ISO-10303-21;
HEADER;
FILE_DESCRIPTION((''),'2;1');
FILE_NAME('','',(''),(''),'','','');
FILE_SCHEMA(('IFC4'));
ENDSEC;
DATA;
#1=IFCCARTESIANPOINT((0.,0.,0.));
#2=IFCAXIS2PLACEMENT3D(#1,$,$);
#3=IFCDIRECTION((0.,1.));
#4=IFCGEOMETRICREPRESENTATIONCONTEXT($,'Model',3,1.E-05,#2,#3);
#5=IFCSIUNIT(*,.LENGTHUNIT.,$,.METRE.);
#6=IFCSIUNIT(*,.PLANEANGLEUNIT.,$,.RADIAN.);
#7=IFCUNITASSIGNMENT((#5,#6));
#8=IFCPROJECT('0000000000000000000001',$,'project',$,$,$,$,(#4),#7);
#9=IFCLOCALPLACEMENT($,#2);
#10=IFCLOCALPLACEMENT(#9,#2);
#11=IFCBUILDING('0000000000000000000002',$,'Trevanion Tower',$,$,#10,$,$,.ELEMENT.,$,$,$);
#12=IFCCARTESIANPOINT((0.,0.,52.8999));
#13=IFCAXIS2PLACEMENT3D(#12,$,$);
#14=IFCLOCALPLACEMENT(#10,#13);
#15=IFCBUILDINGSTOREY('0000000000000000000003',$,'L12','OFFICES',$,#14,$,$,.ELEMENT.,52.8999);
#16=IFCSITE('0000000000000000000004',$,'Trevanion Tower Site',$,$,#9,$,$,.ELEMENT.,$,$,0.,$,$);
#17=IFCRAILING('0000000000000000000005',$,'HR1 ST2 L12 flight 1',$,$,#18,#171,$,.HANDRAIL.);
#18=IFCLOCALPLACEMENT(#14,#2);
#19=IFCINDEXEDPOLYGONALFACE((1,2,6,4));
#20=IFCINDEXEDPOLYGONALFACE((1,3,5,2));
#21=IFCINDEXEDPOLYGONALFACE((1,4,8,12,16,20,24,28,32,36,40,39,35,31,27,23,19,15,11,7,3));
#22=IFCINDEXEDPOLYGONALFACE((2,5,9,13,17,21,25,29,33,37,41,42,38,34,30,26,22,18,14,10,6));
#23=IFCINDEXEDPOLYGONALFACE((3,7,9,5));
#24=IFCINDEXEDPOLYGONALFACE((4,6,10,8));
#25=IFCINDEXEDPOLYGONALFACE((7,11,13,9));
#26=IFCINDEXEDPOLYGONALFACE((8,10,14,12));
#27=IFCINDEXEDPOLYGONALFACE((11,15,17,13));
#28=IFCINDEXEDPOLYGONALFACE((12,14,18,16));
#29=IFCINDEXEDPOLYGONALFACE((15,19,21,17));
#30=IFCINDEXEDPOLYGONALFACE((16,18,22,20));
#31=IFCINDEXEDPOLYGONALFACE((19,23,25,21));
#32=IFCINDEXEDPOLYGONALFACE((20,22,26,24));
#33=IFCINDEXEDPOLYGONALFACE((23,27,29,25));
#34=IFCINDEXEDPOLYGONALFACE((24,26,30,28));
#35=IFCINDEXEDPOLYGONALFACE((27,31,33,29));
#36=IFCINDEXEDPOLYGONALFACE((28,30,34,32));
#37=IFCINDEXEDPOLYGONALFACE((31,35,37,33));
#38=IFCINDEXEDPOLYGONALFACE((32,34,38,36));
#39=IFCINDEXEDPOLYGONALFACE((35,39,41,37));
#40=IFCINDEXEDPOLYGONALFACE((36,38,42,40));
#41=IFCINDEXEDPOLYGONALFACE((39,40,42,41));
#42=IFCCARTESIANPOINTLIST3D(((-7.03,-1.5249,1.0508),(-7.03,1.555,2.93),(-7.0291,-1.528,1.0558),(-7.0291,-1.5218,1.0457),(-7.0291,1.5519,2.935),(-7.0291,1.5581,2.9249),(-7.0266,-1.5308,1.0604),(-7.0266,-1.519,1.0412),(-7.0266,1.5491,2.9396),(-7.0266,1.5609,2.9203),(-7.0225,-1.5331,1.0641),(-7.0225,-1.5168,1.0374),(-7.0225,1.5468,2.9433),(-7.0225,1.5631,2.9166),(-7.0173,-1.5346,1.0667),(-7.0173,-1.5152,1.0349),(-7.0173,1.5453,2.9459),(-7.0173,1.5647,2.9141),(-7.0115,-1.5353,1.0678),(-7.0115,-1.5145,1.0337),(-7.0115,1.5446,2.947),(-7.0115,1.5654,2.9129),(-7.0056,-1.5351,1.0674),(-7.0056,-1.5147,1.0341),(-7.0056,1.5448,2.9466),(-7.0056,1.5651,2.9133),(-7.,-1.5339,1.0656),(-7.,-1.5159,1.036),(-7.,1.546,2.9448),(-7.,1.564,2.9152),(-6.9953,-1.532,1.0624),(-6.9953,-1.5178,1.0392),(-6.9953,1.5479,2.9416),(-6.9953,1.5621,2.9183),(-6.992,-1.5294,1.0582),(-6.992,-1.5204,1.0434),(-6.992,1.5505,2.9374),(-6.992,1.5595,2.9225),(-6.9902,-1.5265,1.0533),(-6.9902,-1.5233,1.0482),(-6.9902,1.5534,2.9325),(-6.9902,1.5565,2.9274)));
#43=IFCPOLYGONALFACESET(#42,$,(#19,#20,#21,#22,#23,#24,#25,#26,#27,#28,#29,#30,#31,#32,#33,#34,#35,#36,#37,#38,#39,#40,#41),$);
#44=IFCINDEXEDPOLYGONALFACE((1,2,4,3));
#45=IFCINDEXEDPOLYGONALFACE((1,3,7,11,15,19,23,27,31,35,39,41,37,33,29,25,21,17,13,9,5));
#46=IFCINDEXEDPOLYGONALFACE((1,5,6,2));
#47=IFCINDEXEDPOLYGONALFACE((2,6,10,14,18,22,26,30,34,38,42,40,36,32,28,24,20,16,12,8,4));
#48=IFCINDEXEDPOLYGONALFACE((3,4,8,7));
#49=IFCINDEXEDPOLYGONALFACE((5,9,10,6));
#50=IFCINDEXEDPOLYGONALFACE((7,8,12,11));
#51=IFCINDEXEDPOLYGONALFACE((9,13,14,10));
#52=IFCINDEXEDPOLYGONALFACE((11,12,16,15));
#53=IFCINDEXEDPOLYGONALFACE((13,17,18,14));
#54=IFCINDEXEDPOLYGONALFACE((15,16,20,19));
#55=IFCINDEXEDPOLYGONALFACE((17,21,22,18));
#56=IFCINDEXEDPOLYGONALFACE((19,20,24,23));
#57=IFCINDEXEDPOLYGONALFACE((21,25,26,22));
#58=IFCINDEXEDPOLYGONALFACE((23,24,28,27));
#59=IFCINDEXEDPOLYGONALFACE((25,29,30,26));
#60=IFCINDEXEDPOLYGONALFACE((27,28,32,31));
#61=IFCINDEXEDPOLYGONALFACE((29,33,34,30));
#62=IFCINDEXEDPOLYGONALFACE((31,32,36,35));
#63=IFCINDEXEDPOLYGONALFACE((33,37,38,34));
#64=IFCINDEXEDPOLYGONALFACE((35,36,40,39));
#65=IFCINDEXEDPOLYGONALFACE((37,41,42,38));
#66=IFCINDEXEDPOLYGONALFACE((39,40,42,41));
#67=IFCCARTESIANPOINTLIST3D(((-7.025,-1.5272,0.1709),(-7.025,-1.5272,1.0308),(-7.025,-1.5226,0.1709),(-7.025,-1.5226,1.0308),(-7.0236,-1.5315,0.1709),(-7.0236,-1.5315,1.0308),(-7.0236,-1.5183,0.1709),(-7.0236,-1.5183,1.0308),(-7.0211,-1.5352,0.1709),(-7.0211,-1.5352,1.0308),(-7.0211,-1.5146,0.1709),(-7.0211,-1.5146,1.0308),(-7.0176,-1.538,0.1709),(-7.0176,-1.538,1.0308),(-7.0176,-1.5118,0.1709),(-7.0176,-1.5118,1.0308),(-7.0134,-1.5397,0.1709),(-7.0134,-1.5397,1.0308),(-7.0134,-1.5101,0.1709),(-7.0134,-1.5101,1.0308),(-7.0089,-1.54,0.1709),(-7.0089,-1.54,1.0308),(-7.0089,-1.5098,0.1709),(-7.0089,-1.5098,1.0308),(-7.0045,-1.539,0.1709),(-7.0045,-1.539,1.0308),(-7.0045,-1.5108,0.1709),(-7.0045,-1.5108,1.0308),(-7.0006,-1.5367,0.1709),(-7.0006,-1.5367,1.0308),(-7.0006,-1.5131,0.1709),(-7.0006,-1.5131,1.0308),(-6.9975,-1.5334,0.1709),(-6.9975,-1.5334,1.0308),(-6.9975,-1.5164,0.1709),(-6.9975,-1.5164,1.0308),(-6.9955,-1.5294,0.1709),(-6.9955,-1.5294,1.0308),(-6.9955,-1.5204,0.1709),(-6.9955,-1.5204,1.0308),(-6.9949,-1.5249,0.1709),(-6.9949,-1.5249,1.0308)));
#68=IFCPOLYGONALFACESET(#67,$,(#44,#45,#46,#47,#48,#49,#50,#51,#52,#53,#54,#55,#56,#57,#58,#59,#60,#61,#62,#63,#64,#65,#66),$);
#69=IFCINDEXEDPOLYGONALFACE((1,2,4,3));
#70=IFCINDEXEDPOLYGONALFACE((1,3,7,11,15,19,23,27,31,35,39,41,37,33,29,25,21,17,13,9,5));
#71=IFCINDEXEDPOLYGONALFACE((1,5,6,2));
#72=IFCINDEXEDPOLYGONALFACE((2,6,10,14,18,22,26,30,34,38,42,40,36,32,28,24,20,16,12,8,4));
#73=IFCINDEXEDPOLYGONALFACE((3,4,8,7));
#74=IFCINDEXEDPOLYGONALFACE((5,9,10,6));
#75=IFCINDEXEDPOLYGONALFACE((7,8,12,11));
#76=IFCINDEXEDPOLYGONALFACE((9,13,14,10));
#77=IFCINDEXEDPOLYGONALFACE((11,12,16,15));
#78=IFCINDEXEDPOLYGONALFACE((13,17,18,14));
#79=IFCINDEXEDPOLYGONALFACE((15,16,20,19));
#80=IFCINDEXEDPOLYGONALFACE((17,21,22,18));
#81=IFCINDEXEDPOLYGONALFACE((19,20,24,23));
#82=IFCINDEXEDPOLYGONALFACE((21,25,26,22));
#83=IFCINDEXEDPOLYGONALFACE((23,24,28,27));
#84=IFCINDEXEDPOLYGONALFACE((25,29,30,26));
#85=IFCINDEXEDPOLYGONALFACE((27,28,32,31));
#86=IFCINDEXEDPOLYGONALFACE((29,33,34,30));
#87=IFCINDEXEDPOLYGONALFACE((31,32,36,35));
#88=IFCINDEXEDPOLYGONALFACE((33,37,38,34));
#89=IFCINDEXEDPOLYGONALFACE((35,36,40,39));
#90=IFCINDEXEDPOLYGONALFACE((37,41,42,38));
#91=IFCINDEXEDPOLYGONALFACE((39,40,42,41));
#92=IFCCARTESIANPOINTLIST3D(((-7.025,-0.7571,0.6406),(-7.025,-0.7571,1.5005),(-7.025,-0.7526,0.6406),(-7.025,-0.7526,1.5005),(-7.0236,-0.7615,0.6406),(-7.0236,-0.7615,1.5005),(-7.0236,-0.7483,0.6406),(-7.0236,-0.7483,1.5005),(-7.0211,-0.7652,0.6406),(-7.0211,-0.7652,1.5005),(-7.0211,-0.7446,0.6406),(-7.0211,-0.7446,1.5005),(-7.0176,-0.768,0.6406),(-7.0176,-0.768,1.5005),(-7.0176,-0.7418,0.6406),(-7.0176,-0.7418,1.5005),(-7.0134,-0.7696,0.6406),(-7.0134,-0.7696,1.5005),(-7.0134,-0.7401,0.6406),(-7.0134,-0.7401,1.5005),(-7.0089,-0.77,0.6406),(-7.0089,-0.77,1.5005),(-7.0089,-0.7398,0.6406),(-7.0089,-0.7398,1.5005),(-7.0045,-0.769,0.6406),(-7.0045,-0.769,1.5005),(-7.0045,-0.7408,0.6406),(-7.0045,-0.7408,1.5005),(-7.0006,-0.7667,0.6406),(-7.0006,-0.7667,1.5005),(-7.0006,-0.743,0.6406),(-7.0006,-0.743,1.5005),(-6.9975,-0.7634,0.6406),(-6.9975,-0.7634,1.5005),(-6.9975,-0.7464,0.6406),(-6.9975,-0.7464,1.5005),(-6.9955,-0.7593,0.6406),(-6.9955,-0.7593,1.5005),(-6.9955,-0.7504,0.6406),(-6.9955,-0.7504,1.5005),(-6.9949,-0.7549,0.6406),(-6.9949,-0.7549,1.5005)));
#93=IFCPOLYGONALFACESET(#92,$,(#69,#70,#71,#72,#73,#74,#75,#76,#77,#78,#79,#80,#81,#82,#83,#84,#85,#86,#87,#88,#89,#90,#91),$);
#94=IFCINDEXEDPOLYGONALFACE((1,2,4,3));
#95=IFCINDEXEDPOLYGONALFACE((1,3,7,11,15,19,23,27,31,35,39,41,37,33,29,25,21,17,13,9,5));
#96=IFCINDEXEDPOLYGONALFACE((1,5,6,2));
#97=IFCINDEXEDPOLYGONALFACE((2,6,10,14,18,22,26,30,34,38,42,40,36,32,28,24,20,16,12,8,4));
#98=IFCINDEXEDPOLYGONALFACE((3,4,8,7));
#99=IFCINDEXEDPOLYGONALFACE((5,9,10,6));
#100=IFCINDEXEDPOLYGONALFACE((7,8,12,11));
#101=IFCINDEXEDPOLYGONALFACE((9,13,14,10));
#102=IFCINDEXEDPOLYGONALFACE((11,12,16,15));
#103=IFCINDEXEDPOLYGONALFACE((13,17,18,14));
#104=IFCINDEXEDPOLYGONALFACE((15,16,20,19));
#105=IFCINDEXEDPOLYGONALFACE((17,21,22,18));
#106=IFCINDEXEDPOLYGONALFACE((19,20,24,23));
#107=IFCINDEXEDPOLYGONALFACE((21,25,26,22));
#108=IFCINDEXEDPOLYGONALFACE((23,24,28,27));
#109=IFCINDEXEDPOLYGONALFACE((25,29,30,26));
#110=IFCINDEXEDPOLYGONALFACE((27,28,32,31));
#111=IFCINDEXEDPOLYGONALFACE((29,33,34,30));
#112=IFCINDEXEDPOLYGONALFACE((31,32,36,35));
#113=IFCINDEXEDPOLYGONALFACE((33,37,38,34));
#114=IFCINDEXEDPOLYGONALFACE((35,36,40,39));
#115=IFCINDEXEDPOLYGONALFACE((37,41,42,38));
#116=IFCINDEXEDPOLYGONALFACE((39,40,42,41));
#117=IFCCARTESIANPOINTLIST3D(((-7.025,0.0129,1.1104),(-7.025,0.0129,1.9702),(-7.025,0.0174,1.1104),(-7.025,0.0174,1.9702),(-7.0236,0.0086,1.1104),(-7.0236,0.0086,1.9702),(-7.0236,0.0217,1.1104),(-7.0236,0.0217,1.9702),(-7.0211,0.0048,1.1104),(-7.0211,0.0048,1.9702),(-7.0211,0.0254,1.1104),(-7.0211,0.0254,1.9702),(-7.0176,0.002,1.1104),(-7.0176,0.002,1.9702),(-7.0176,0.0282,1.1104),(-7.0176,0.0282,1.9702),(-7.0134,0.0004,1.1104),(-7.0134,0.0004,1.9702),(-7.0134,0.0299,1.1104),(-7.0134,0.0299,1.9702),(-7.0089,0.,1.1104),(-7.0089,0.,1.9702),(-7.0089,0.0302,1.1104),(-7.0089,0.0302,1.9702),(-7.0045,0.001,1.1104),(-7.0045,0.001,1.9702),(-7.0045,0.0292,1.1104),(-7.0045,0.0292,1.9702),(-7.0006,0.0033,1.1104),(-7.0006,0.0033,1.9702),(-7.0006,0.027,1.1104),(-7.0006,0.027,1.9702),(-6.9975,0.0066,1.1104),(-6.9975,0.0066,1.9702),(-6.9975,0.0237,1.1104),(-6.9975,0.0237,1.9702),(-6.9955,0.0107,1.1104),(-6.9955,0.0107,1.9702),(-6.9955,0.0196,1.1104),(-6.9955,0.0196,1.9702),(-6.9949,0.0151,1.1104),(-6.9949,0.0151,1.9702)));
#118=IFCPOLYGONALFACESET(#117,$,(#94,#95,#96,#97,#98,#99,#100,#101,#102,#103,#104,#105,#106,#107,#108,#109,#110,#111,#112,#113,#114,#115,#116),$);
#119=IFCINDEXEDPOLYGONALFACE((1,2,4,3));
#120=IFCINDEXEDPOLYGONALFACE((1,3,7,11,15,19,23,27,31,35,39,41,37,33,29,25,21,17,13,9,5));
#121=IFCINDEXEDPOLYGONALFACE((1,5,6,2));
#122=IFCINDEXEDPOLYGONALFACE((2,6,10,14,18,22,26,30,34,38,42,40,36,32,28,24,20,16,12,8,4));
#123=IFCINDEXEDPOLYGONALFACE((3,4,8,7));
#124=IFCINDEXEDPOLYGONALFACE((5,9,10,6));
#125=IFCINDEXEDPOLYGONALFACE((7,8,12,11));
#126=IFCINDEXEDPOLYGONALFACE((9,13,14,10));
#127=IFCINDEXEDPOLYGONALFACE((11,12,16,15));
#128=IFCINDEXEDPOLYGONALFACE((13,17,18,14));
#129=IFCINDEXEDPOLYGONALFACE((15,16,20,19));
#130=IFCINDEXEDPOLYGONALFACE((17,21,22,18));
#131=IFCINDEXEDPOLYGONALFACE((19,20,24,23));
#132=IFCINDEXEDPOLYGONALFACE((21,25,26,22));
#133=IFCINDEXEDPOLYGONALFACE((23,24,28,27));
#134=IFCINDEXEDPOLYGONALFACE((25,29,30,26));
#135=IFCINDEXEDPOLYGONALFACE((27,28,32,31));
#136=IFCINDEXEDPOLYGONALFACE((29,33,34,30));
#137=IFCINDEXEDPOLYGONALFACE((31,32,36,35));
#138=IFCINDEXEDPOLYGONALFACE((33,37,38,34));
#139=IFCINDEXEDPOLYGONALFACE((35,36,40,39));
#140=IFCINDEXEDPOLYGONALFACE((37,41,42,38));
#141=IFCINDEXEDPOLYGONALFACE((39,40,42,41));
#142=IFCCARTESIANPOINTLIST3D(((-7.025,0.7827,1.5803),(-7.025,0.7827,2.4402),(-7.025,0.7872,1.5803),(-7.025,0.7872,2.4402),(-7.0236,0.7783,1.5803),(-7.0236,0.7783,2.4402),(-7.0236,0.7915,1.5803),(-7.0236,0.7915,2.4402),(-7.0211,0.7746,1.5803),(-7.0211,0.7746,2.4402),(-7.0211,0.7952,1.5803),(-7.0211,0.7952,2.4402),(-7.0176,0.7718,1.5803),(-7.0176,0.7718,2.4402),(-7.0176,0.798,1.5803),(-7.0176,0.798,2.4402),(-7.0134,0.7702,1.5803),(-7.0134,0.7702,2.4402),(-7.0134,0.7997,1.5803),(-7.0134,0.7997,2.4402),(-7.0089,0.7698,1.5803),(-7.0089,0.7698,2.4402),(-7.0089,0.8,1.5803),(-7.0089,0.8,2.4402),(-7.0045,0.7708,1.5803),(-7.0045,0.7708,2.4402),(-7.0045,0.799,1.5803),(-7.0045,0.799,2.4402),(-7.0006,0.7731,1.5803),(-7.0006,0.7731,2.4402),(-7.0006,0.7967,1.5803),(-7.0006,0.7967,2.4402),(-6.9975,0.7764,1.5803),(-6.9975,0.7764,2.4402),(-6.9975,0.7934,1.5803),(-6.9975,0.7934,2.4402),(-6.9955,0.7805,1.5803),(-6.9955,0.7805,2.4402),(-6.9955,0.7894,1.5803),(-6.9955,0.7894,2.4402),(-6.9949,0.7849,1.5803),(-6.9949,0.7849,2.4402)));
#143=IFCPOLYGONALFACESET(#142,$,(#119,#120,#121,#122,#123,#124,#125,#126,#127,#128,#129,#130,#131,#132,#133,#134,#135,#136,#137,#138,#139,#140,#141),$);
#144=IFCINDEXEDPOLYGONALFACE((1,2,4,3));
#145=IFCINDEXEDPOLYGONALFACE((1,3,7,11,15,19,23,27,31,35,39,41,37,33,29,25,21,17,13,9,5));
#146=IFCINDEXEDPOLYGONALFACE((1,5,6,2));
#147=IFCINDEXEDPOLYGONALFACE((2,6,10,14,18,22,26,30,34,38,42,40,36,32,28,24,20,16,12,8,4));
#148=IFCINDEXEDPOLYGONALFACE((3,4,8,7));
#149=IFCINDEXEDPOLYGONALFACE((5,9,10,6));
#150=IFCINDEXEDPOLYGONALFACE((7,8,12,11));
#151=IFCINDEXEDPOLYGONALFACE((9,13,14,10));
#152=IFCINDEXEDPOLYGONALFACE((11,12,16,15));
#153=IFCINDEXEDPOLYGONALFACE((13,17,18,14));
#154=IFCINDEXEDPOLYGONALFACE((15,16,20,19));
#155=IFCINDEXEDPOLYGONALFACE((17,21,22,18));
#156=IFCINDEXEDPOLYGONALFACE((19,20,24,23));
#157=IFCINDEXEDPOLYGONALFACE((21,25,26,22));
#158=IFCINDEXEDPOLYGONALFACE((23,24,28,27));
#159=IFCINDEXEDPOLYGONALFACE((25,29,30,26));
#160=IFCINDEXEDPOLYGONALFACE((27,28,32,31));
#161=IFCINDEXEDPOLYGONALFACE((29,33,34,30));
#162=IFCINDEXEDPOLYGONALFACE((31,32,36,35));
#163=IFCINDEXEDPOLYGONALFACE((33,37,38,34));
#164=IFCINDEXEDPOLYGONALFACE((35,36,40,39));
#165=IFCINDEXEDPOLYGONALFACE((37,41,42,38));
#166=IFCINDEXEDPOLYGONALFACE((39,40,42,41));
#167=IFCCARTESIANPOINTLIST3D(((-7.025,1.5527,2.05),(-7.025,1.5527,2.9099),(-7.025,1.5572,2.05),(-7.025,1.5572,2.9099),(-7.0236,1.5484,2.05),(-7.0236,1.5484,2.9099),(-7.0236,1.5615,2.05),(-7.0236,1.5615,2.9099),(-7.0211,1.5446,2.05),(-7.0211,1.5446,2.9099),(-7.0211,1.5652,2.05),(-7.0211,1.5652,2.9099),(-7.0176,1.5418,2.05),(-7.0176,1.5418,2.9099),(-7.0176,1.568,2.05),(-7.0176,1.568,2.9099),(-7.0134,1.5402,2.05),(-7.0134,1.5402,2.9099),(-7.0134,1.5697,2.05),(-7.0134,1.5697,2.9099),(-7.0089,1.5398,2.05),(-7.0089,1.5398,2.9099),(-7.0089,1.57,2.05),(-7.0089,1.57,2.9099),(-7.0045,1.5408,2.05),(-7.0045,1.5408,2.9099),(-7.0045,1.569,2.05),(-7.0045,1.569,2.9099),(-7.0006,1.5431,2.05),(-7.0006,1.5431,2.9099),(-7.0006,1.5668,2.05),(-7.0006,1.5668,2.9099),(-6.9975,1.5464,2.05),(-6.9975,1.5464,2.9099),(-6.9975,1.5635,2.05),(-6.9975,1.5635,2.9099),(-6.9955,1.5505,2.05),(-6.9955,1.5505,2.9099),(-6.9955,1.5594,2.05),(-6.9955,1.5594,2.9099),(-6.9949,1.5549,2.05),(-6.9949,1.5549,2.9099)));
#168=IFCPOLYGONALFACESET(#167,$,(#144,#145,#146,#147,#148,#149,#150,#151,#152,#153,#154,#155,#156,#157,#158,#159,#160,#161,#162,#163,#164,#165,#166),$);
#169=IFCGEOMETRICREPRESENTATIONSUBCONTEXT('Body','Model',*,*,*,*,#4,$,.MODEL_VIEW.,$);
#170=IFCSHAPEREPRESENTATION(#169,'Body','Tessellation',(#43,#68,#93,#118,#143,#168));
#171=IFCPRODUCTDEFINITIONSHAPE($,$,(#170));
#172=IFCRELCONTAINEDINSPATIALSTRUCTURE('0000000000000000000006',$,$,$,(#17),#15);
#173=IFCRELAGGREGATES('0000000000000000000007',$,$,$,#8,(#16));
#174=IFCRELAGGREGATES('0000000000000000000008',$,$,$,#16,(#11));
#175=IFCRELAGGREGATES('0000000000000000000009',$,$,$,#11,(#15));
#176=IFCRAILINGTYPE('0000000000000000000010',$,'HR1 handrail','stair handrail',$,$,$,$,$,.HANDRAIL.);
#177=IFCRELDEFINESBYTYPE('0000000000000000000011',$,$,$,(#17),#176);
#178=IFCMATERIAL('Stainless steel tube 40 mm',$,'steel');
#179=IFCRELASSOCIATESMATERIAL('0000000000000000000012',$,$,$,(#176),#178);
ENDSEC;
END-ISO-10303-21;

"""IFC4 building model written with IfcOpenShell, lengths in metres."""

from ifc_helpers import new_model, si_unit, direction, frame, origin, origin_2d, place, context, subcontext, project, spatial, circle, extrude, material, type_object, element, save


model = new_model("IFC4")

# Units and contexts
model_context = context("Model", 3, precision=1e-05, world=origin(), true_north=direction((0.0, 1.0)))
body_context = subcontext(model_context, "Body", "Model", "MODEL_VIEW")
ifc_project = project(units=[si_unit("LENGTHUNIT", "METRE"), si_unit("PLANEANGLEUNIT", "RADIAN")], contexts=[model_context])

# Site, building, storey
site_placement = place(None, origin())
site = spatial("IfcSite", under=ifc_project, at=site_placement, Name="Trevanion Tower Site", CompositionType="ELEMENT", RefElevation=0.0)
building_placement = place(site_placement, origin())
building = spatial("IfcBuilding", under=site, at=building_placement, Name="Trevanion Tower", CompositionType="ELEMENT")
storey_placement = place(building_placement, frame((0.0, 0.0, 52.8999)))
storey = spatial("IfcBuildingStorey", under=building, at=storey_placement, Name="L12", Description="OFFICES", CompositionType="ELEMENT", Elevation=52.8999)

# Railing
ifc_material_1 = material(Name="Stainless steel tube 40 mm", Category="steel")
railing_type = type_object("IfcRailingType", Name="HR1 handrail", Description="stair handrail", PredefinedType="HANDRAIL", material=ifc_material_1)
for number, where, name in (
    (1, (-7.01, -1.5249, 0.1709), "HR1 ST2 L12 flight 1"),
):
    element("IfcRailing", number, at=place(storey_placement, frame(where)), inside=storey, type_object=railing_type, Name=name, PredefinedType="HANDRAIL", context=body_context, shape_type="SweptSolid", body=[
        extrude(circle(Radius=0.02, at=origin_2d()), frame((0.0, 0.0, 0.8799), z_axis=(0.0, 0.853648, 0.52085), x_axis=(-1.0, 0.0, 0.0)), (0.0, 0.0, 1.0), 3.6079),
        extrude(circle(Radius=0.0151, at=origin_2d()), origin(), (0.0, 0.0, 1.0), 0.8599),
        extrude(circle(Radius=0.0151, at=origin_2d()), frame((0.0, 0.77, 0.4697)), (0.0, 0.0, 1.0), 0.8599),
        extrude(circle(Radius=0.0151, at=origin_2d()), frame((0.0, 1.54, 0.9395)), (0.0, 0.0, 1.0), 0.8599),
        extrude(circle(Radius=0.0151, at=origin_2d()), frame((0.0, 2.3098, 1.4094)), (0.0, 0.0, 1.0), 0.8599),
        extrude(circle(Radius=0.0151, at=origin_2d()), frame((0.0, 3.0798, 1.8792)), (0.0, 0.0, 1.0), 0.8599),
    ])

save(model, "model.ifc")
